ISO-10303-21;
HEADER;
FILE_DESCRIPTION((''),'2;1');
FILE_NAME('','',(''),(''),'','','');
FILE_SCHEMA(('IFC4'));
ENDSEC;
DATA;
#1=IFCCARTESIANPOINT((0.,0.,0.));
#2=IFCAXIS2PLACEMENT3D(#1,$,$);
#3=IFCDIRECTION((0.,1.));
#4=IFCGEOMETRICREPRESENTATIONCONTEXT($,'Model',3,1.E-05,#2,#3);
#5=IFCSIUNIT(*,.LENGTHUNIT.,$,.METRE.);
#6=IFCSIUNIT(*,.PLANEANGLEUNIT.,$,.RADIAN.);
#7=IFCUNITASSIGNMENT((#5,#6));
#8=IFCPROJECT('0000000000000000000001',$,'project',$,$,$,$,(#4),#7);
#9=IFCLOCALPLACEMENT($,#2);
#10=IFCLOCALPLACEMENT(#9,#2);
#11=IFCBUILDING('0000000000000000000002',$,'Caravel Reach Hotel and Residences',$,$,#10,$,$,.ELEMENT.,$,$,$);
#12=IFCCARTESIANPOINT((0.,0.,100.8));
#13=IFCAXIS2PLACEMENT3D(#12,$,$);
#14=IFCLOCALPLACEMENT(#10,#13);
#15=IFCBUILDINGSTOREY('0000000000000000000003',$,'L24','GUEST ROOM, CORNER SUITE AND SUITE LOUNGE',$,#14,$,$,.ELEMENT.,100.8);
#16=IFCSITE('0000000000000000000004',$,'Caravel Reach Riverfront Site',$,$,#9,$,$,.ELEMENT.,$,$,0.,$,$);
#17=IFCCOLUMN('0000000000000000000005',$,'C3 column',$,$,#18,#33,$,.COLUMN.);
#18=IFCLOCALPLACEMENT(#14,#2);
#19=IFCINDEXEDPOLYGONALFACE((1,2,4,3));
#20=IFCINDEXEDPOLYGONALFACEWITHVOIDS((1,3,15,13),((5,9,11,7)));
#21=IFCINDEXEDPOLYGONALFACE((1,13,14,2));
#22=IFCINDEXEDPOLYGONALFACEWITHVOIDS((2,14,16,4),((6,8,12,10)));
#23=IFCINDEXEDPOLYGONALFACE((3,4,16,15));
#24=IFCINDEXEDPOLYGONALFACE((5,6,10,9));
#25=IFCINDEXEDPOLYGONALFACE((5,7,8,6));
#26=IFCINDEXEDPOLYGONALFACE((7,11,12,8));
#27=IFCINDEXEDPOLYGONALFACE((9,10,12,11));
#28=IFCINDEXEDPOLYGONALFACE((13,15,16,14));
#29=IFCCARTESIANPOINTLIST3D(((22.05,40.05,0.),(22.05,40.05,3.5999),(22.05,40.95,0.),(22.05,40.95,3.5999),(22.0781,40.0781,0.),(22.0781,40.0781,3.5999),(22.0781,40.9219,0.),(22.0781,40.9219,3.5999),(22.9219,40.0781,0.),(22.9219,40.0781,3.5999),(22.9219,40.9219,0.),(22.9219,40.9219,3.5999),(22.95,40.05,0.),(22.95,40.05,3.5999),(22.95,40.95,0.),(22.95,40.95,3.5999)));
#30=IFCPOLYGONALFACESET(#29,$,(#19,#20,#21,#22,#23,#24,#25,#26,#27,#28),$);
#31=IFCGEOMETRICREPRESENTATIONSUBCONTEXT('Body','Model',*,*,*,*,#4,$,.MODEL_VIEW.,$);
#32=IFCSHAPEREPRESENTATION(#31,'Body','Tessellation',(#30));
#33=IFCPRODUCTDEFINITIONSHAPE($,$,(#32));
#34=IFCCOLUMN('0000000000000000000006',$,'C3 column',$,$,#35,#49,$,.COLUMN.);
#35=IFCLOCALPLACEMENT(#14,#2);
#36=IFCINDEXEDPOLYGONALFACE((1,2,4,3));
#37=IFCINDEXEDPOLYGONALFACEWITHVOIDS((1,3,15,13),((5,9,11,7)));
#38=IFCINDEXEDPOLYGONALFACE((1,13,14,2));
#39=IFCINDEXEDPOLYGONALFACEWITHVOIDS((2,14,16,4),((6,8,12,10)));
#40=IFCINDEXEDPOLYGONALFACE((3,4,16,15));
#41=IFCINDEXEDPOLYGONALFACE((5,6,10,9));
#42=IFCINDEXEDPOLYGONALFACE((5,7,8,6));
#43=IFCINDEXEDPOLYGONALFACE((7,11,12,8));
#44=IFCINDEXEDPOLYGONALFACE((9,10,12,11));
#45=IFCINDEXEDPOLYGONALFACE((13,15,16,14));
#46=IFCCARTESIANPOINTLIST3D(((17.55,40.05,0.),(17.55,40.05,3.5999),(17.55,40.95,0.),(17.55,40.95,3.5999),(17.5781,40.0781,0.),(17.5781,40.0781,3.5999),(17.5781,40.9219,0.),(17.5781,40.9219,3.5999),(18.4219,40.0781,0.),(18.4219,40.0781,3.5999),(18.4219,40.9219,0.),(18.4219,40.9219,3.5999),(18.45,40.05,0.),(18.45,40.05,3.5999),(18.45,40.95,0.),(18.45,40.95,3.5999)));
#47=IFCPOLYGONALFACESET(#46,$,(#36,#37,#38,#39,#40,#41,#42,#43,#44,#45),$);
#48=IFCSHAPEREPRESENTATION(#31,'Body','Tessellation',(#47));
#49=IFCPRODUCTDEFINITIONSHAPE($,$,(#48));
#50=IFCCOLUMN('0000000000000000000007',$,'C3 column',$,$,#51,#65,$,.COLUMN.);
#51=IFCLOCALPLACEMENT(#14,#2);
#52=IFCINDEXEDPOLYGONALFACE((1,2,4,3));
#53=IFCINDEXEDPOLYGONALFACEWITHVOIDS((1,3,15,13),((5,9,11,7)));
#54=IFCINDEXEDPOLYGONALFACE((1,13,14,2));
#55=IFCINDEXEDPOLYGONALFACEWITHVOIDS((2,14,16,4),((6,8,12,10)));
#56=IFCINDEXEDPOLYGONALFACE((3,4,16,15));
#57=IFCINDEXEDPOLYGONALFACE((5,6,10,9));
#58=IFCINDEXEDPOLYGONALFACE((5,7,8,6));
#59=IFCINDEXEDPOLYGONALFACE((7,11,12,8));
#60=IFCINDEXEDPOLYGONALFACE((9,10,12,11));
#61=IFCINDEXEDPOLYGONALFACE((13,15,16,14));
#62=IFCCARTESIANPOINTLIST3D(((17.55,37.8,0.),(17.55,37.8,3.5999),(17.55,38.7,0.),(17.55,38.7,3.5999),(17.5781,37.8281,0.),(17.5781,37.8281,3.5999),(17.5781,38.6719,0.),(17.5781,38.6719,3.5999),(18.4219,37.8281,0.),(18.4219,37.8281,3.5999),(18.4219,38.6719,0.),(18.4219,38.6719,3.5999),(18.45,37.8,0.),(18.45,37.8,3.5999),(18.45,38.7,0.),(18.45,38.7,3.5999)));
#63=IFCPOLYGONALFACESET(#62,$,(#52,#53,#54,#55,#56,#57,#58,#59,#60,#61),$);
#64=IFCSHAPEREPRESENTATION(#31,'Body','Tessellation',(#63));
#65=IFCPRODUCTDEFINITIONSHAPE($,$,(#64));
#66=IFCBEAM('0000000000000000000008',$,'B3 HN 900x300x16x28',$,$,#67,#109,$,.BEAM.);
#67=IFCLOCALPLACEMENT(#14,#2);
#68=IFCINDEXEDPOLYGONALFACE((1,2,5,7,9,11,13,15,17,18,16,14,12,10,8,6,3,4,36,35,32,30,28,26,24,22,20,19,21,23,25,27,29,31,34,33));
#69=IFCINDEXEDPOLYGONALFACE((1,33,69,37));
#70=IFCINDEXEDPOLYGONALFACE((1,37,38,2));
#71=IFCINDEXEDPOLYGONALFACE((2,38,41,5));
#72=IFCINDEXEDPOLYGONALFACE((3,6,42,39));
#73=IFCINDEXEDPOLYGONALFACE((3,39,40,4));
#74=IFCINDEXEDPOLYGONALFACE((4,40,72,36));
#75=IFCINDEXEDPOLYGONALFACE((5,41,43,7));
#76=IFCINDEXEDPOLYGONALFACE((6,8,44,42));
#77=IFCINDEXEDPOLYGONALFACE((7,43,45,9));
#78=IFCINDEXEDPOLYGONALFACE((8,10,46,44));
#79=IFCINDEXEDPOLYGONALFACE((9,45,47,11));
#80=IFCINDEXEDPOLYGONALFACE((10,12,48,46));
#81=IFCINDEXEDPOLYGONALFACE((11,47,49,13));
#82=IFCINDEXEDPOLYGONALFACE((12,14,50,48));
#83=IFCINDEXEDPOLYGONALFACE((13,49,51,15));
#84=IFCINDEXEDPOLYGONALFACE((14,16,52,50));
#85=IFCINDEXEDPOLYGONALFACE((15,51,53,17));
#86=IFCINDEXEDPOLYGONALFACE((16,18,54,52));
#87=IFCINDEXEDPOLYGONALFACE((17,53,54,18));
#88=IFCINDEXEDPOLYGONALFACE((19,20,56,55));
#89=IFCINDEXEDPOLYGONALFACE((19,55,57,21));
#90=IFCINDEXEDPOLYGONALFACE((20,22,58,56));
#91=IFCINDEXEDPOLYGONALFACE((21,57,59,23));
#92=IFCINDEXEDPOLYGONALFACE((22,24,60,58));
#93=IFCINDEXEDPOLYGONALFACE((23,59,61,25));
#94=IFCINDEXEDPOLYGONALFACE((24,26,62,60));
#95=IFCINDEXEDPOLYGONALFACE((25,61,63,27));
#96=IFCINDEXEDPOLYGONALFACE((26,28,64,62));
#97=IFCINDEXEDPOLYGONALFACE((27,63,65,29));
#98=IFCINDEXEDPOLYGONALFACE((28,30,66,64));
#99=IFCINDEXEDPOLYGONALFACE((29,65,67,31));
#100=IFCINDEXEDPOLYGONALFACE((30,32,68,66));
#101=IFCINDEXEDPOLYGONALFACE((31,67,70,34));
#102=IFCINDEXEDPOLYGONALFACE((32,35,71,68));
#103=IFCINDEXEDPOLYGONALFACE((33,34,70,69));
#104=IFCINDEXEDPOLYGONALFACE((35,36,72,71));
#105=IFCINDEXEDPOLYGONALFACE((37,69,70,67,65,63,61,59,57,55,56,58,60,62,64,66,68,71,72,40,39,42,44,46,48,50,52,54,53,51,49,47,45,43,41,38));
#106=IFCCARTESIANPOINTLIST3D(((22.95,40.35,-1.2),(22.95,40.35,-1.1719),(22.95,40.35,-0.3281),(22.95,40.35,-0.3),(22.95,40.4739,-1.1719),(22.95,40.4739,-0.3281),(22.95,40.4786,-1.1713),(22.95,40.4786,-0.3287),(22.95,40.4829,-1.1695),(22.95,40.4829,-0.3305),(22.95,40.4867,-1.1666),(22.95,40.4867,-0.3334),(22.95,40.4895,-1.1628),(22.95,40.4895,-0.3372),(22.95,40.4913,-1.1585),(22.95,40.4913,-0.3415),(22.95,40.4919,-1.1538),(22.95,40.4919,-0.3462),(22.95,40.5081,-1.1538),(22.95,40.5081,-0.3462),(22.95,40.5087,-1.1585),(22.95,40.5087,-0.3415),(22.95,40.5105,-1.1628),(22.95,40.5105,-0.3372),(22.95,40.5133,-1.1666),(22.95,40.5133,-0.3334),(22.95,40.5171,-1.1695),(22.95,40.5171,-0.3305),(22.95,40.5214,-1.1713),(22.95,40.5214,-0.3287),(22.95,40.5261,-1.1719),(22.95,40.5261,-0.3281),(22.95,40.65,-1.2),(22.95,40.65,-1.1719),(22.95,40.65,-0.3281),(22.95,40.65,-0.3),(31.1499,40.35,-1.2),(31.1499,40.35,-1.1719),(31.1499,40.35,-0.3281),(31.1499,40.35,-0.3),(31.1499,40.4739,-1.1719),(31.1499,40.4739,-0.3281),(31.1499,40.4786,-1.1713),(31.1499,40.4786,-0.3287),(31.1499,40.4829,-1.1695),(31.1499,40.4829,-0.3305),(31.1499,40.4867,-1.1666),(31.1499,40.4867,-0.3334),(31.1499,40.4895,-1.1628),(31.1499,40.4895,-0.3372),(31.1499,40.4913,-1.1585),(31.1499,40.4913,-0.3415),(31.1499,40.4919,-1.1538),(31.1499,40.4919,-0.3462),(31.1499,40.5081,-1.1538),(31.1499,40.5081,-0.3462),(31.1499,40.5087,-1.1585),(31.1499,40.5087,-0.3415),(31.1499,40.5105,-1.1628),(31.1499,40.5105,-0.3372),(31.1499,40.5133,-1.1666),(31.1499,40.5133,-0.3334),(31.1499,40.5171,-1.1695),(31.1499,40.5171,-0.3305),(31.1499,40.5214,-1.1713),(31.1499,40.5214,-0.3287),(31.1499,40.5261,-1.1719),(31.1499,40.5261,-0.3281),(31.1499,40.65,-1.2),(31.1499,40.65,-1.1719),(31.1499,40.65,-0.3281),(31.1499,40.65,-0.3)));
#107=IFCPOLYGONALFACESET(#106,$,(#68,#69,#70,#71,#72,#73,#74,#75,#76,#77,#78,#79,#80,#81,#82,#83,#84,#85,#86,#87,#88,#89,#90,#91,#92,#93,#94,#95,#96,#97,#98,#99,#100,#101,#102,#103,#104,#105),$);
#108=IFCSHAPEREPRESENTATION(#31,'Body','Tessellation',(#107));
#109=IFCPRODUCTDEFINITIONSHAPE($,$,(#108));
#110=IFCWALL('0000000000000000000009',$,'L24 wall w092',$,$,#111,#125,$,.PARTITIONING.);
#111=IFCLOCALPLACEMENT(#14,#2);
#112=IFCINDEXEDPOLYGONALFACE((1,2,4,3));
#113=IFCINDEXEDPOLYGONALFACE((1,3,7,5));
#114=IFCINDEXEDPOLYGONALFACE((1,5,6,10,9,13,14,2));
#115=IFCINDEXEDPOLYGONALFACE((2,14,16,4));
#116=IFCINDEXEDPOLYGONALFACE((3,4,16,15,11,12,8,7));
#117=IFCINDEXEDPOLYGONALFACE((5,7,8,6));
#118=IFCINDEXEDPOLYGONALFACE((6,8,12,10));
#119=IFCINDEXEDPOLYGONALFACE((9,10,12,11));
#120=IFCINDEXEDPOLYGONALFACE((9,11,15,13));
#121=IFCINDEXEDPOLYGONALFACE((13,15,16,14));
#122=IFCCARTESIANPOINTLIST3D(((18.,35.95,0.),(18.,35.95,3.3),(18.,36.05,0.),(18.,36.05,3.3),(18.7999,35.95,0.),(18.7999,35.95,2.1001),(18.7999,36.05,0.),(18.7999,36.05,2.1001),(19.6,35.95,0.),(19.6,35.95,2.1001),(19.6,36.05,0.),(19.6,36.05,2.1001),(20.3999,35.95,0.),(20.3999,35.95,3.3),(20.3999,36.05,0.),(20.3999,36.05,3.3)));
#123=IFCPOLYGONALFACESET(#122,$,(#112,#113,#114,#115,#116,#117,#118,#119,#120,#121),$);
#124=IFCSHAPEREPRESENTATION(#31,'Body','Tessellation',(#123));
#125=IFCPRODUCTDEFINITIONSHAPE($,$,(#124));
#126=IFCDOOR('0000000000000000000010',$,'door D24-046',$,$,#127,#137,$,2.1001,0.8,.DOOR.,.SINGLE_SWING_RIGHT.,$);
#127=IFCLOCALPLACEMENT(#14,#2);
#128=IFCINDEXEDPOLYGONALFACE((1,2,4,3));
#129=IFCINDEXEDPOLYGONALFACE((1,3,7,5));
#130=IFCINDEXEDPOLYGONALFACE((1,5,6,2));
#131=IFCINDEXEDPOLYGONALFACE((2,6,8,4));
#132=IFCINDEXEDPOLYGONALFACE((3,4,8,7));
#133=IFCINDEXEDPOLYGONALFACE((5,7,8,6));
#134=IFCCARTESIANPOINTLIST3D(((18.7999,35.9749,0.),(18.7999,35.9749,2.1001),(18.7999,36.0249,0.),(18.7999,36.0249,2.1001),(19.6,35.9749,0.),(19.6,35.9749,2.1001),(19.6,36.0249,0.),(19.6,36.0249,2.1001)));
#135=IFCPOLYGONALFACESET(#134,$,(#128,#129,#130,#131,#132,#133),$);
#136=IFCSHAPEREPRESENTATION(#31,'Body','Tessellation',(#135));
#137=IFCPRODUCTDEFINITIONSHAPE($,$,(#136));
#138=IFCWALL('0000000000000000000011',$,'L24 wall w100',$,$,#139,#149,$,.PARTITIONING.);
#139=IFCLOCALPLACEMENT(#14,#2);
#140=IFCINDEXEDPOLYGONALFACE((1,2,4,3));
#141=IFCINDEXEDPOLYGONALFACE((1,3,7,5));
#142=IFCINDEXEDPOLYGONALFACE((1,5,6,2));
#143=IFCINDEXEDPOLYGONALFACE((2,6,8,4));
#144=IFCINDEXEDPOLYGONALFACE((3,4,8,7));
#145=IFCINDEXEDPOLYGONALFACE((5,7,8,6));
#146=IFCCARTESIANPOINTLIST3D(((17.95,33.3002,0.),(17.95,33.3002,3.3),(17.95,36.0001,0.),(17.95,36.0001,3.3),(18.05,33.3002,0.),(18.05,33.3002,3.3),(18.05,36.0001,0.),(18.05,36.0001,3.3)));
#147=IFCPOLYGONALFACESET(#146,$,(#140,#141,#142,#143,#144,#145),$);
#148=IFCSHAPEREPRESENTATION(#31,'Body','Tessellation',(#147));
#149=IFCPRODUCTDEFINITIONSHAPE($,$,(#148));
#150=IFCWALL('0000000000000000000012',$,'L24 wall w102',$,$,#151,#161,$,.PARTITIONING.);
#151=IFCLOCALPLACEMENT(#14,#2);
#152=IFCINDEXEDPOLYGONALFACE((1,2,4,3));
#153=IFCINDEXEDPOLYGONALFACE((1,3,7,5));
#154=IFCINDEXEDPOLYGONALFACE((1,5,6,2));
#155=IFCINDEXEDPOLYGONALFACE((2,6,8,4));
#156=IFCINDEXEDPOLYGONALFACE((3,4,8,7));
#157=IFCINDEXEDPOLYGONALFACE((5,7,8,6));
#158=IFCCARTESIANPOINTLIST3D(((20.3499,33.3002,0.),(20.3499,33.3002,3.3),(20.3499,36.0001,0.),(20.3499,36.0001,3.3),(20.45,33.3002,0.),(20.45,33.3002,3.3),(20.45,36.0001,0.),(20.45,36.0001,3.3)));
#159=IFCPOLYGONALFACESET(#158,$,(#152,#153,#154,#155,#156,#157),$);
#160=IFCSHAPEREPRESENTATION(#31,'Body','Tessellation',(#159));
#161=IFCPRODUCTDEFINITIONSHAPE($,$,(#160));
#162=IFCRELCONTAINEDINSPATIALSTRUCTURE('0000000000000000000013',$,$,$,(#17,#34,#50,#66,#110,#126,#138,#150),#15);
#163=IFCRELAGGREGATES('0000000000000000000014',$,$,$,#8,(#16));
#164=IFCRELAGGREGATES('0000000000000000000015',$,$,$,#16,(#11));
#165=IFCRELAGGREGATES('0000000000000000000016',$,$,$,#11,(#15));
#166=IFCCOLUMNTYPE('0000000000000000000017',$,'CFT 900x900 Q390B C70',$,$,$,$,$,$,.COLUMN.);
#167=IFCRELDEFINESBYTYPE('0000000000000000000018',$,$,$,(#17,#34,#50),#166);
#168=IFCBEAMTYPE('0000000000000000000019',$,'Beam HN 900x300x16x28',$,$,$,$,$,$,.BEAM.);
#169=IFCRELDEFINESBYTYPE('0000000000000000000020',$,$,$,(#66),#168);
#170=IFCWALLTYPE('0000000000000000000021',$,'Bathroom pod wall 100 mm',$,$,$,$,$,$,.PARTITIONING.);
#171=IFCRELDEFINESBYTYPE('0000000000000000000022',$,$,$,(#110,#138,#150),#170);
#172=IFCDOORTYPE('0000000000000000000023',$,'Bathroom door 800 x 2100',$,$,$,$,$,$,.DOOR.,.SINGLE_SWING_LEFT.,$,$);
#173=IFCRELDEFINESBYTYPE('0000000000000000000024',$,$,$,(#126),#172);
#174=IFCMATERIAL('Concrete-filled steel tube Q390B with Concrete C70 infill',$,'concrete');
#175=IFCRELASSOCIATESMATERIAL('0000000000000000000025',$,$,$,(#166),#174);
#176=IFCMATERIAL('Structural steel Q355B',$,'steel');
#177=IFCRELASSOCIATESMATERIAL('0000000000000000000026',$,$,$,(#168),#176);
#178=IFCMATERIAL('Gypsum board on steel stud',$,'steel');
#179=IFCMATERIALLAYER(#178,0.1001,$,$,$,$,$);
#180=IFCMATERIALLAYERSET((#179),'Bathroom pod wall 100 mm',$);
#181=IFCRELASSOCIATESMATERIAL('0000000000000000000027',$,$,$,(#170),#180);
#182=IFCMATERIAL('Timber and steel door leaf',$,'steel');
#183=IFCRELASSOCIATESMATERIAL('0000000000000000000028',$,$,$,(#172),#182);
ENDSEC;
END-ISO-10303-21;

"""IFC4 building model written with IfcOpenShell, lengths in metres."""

from ifc_helpers import new_model, si_unit, direction, frame, frame_2d, origin, origin_2d, place, context, subcontext, project, spatial, rectangle, hollow_rectangle, i_section, extrude, material, layer, layer_set, material_profile, profile_set, type_object, element, fill, save


model = new_model("IFC4")

# Units and contexts
model_context = context("Model", 3, precision=1e-05, world=origin(), true_north=direction((0.0, 1.0)))
body_context = subcontext(model_context, "Body", "Model", "MODEL_VIEW")
ifc_project = project(units=[si_unit("LENGTHUNIT", "METRE"), si_unit("PLANEANGLEUNIT", "RADIAN")], contexts=[model_context])

# Site, building, storey
site_placement = place(None, origin())
site = spatial("IfcSite", under=ifc_project, at=site_placement, Name="Caravel Reach Riverfront Site", CompositionType="ELEMENT", RefElevation=0.0)
building_placement = place(site_placement, origin())
building = spatial("IfcBuilding", under=site, at=building_placement, Name="Caravel Reach Hotel and Residences", CompositionType="ELEMENT")
storey_placement = place(building_placement, frame((0.0, 0.0, 100.8)))
storey = spatial("IfcBuildingStorey", under=building, at=storey_placement, Name="L24", Description="GUEST ROOM, CORNER SUITE AND SUITE LOUNGE", CompositionType="ELEMENT", Elevation=100.8)

# Columns
ifc_material_1 = material(Name="Concrete-filled steel tube Q390B with Concrete C70 infill", Category="concrete")
ifc_material_profile_1 = material_profile(ifc_material_1, hollow_rectangle(XDim=0.8999, YDim=0.8999, WallThickness=0.0281, at=origin_2d()), Name="RHS 900x900x28")
ifc_profile_set_1 = profile_set([ifc_material_profile_1], Name="Concrete-filled steel tube Q390B with Concrete C70 infill")
column_type = type_object("IfcColumnType", Name="CFT 900x900 Q390B C70", PredefinedType="COLUMN", material=ifc_profile_set_1)
for number, where, z_axis, x_axis, name in (
    (1, (22.5, 40.5, 0.0), (0.0, 0.0, 1.0), (1.0, 0.0, 0.0), "C3 column"),
    (2, (18.0, 40.5, 0.0), (0.0, 0.0, 1.0), (1.0, 0.0, 0.0), "C3 column"),
    (3, (18.0, 38.25, 0.0), (0.0, 0.0, 1.0), (1.0, 0.0, 0.0), "C3 column"),
):
    element("IfcColumn", number, at=place(storey_placement, frame(where, z_axis=z_axis, x_axis=x_axis)), inside=storey, type_object=column_type, Name=name, PredefinedType="COLUMN", context=body_context, shape_type="SweptSolid", body=[
        extrude(hollow_rectangle(XDim=0.8999, YDim=0.8999, WallThickness=0.0281, at=origin_2d()), origin(), (0.0, 0.0, 1.0), 3.5999),
    ])

# Beam
ifc_material_2 = material(Name="Structural steel Q355B", Category="steel")
ifc_material_profile_2 = material_profile(ifc_material_2, i_section(OverallWidth=0.3, OverallDepth=0.8999, WebThickness=0.0161, FlangeThickness=0.0281, FilletRadius=0.0181, at=origin_2d()), Name="HN 900x300x16x28")
ifc_profile_set_2 = profile_set([ifc_material_profile_2], Name="Structural steel Q355B")
beam_type = type_object("IfcBeamType", Name="Beam HN 900x300x16x28", PredefinedType="BEAM", material=ifc_profile_set_2)
beam_placement = place(storey_placement, frame((22.95, 40.5, -0.75), z_axis=(1.0, 0.0, 0.0), x_axis=(0.0, 1.0, 0.0)))
element("IfcBeam", 4, at=beam_placement, inside=storey, type_object=beam_type, Name="B3 HN 900x300x16x28", PredefinedType="BEAM", context=body_context, shape_type="SweptSolid", body=[
    extrude(i_section(OverallWidth=0.3, OverallDepth=0.8999, WebThickness=0.0161, FlangeThickness=0.0281, FilletRadius=0.0181, at=origin_2d()), origin(), (0.0, 0.0, 1.0), 8.2),
])

# Wall, opening, door
ifc_material_3 = material(Name="Gypsum board on steel stud", Category="steel")
ifc_layer_1 = layer(ifc_material_3, 0.1001)
ifc_layer_set_1 = layer_set([ifc_layer_1], Name="Bathroom pod wall 100 mm")
wall_type_1 = type_object("IfcWallType", Name="Bathroom pod wall 100 mm", PredefinedType="PARTITIONING", material=ifc_layer_set_1)
wall_1_placement = place(storey_placement, frame((18.0, 36.0, 0.0), z_axis=(0.0, 0.0, 1.0), x_axis=(1.0, 0.0, 0.0)))
wall_1 = element("IfcWall", 5, at=wall_1_placement, inside=storey, type_object=wall_type_1, Name="L24 wall w092", PredefinedType="PARTITIONING", context=body_context, shape_type="SweptSolid", body=[
    extrude(rectangle(XDim=2.3999, YDim=0.1001, at=frame_2d((1.2, 0.0))), origin(), (0.0, 0.0, 1.0), 3.3),
])
opening_1_placement = place(wall_1_placement, frame((0.8, 0.0, 0.0)))
opening_1 = element("IfcOpeningElement", 6, at=opening_1_placement, cuts=wall_1, PredefinedType="OPENING", context=body_context, shape_type="SweptSolid", body=[
    extrude(rectangle(XDim=0.8, YDim=2.1001, at=frame_2d((0.3999, 1.05))), frame((0.0, 0.0601, 0.0), z_axis=(0.0, -1.0, 0.0), x_axis=(1.0, 0.0, 0.0)), (0.0, 0.0, 1.0), 0.1201),
])
ifc_material_4 = material(Name="Timber and steel door leaf", Category="steel")
door_type = type_object("IfcDoorType", Name="Bathroom door 800 x 2100", OperationType="SINGLE_SWING_LEFT", PredefinedType="DOOR", material=ifc_material_4)
door_placement = place(opening_1_placement, origin())
door = element("IfcDoor", 7, at=door_placement, inside=storey, type_object=door_type, Name="door D24-046", OperationType="SINGLE_SWING_RIGHT", OverallHeight=2.1001, OverallWidth=0.8, PredefinedType="DOOR", context=body_context, shape_type="SweptSolid", body=[
    extrude(rectangle(XDim=0.8, YDim=2.1001, at=frame_2d((0.3999, 1.05))), frame((0.0, 0.0249, 0.0), z_axis=(0.0, -1.0, 0.0), x_axis=(1.0, 0.0, 0.0)), (0.0, 0.0, 1.0), 0.05),
])
fill(opening_1, door)

# Walls
for number, where, z_axis, x_axis, name in (
    (8, (18.0, 33.3, 0.0), (0.0, 0.0, 1.0), (0.0, 1.0, 0.0), "L24 wall w100"),
    (9, (20.3999, 33.3, 0.0), (0.0, 0.0, 1.0), (0.0, 1.0, 0.0), "L24 wall w102"),
):
    element("IfcWall", number, at=place(storey_placement, frame(where, z_axis=z_axis, x_axis=x_axis)), inside=storey, type_object=wall_type_1, Name=name, PredefinedType="PARTITIONING", context=body_context, shape_type="SweptSolid", body=[
        extrude(rectangle(XDim=2.7, YDim=0.1001, at=frame_2d((1.3501, 0.0))), origin(), (0.0, 0.0, 1.0), 3.3),
    ])

save(model, "model.ifc")
